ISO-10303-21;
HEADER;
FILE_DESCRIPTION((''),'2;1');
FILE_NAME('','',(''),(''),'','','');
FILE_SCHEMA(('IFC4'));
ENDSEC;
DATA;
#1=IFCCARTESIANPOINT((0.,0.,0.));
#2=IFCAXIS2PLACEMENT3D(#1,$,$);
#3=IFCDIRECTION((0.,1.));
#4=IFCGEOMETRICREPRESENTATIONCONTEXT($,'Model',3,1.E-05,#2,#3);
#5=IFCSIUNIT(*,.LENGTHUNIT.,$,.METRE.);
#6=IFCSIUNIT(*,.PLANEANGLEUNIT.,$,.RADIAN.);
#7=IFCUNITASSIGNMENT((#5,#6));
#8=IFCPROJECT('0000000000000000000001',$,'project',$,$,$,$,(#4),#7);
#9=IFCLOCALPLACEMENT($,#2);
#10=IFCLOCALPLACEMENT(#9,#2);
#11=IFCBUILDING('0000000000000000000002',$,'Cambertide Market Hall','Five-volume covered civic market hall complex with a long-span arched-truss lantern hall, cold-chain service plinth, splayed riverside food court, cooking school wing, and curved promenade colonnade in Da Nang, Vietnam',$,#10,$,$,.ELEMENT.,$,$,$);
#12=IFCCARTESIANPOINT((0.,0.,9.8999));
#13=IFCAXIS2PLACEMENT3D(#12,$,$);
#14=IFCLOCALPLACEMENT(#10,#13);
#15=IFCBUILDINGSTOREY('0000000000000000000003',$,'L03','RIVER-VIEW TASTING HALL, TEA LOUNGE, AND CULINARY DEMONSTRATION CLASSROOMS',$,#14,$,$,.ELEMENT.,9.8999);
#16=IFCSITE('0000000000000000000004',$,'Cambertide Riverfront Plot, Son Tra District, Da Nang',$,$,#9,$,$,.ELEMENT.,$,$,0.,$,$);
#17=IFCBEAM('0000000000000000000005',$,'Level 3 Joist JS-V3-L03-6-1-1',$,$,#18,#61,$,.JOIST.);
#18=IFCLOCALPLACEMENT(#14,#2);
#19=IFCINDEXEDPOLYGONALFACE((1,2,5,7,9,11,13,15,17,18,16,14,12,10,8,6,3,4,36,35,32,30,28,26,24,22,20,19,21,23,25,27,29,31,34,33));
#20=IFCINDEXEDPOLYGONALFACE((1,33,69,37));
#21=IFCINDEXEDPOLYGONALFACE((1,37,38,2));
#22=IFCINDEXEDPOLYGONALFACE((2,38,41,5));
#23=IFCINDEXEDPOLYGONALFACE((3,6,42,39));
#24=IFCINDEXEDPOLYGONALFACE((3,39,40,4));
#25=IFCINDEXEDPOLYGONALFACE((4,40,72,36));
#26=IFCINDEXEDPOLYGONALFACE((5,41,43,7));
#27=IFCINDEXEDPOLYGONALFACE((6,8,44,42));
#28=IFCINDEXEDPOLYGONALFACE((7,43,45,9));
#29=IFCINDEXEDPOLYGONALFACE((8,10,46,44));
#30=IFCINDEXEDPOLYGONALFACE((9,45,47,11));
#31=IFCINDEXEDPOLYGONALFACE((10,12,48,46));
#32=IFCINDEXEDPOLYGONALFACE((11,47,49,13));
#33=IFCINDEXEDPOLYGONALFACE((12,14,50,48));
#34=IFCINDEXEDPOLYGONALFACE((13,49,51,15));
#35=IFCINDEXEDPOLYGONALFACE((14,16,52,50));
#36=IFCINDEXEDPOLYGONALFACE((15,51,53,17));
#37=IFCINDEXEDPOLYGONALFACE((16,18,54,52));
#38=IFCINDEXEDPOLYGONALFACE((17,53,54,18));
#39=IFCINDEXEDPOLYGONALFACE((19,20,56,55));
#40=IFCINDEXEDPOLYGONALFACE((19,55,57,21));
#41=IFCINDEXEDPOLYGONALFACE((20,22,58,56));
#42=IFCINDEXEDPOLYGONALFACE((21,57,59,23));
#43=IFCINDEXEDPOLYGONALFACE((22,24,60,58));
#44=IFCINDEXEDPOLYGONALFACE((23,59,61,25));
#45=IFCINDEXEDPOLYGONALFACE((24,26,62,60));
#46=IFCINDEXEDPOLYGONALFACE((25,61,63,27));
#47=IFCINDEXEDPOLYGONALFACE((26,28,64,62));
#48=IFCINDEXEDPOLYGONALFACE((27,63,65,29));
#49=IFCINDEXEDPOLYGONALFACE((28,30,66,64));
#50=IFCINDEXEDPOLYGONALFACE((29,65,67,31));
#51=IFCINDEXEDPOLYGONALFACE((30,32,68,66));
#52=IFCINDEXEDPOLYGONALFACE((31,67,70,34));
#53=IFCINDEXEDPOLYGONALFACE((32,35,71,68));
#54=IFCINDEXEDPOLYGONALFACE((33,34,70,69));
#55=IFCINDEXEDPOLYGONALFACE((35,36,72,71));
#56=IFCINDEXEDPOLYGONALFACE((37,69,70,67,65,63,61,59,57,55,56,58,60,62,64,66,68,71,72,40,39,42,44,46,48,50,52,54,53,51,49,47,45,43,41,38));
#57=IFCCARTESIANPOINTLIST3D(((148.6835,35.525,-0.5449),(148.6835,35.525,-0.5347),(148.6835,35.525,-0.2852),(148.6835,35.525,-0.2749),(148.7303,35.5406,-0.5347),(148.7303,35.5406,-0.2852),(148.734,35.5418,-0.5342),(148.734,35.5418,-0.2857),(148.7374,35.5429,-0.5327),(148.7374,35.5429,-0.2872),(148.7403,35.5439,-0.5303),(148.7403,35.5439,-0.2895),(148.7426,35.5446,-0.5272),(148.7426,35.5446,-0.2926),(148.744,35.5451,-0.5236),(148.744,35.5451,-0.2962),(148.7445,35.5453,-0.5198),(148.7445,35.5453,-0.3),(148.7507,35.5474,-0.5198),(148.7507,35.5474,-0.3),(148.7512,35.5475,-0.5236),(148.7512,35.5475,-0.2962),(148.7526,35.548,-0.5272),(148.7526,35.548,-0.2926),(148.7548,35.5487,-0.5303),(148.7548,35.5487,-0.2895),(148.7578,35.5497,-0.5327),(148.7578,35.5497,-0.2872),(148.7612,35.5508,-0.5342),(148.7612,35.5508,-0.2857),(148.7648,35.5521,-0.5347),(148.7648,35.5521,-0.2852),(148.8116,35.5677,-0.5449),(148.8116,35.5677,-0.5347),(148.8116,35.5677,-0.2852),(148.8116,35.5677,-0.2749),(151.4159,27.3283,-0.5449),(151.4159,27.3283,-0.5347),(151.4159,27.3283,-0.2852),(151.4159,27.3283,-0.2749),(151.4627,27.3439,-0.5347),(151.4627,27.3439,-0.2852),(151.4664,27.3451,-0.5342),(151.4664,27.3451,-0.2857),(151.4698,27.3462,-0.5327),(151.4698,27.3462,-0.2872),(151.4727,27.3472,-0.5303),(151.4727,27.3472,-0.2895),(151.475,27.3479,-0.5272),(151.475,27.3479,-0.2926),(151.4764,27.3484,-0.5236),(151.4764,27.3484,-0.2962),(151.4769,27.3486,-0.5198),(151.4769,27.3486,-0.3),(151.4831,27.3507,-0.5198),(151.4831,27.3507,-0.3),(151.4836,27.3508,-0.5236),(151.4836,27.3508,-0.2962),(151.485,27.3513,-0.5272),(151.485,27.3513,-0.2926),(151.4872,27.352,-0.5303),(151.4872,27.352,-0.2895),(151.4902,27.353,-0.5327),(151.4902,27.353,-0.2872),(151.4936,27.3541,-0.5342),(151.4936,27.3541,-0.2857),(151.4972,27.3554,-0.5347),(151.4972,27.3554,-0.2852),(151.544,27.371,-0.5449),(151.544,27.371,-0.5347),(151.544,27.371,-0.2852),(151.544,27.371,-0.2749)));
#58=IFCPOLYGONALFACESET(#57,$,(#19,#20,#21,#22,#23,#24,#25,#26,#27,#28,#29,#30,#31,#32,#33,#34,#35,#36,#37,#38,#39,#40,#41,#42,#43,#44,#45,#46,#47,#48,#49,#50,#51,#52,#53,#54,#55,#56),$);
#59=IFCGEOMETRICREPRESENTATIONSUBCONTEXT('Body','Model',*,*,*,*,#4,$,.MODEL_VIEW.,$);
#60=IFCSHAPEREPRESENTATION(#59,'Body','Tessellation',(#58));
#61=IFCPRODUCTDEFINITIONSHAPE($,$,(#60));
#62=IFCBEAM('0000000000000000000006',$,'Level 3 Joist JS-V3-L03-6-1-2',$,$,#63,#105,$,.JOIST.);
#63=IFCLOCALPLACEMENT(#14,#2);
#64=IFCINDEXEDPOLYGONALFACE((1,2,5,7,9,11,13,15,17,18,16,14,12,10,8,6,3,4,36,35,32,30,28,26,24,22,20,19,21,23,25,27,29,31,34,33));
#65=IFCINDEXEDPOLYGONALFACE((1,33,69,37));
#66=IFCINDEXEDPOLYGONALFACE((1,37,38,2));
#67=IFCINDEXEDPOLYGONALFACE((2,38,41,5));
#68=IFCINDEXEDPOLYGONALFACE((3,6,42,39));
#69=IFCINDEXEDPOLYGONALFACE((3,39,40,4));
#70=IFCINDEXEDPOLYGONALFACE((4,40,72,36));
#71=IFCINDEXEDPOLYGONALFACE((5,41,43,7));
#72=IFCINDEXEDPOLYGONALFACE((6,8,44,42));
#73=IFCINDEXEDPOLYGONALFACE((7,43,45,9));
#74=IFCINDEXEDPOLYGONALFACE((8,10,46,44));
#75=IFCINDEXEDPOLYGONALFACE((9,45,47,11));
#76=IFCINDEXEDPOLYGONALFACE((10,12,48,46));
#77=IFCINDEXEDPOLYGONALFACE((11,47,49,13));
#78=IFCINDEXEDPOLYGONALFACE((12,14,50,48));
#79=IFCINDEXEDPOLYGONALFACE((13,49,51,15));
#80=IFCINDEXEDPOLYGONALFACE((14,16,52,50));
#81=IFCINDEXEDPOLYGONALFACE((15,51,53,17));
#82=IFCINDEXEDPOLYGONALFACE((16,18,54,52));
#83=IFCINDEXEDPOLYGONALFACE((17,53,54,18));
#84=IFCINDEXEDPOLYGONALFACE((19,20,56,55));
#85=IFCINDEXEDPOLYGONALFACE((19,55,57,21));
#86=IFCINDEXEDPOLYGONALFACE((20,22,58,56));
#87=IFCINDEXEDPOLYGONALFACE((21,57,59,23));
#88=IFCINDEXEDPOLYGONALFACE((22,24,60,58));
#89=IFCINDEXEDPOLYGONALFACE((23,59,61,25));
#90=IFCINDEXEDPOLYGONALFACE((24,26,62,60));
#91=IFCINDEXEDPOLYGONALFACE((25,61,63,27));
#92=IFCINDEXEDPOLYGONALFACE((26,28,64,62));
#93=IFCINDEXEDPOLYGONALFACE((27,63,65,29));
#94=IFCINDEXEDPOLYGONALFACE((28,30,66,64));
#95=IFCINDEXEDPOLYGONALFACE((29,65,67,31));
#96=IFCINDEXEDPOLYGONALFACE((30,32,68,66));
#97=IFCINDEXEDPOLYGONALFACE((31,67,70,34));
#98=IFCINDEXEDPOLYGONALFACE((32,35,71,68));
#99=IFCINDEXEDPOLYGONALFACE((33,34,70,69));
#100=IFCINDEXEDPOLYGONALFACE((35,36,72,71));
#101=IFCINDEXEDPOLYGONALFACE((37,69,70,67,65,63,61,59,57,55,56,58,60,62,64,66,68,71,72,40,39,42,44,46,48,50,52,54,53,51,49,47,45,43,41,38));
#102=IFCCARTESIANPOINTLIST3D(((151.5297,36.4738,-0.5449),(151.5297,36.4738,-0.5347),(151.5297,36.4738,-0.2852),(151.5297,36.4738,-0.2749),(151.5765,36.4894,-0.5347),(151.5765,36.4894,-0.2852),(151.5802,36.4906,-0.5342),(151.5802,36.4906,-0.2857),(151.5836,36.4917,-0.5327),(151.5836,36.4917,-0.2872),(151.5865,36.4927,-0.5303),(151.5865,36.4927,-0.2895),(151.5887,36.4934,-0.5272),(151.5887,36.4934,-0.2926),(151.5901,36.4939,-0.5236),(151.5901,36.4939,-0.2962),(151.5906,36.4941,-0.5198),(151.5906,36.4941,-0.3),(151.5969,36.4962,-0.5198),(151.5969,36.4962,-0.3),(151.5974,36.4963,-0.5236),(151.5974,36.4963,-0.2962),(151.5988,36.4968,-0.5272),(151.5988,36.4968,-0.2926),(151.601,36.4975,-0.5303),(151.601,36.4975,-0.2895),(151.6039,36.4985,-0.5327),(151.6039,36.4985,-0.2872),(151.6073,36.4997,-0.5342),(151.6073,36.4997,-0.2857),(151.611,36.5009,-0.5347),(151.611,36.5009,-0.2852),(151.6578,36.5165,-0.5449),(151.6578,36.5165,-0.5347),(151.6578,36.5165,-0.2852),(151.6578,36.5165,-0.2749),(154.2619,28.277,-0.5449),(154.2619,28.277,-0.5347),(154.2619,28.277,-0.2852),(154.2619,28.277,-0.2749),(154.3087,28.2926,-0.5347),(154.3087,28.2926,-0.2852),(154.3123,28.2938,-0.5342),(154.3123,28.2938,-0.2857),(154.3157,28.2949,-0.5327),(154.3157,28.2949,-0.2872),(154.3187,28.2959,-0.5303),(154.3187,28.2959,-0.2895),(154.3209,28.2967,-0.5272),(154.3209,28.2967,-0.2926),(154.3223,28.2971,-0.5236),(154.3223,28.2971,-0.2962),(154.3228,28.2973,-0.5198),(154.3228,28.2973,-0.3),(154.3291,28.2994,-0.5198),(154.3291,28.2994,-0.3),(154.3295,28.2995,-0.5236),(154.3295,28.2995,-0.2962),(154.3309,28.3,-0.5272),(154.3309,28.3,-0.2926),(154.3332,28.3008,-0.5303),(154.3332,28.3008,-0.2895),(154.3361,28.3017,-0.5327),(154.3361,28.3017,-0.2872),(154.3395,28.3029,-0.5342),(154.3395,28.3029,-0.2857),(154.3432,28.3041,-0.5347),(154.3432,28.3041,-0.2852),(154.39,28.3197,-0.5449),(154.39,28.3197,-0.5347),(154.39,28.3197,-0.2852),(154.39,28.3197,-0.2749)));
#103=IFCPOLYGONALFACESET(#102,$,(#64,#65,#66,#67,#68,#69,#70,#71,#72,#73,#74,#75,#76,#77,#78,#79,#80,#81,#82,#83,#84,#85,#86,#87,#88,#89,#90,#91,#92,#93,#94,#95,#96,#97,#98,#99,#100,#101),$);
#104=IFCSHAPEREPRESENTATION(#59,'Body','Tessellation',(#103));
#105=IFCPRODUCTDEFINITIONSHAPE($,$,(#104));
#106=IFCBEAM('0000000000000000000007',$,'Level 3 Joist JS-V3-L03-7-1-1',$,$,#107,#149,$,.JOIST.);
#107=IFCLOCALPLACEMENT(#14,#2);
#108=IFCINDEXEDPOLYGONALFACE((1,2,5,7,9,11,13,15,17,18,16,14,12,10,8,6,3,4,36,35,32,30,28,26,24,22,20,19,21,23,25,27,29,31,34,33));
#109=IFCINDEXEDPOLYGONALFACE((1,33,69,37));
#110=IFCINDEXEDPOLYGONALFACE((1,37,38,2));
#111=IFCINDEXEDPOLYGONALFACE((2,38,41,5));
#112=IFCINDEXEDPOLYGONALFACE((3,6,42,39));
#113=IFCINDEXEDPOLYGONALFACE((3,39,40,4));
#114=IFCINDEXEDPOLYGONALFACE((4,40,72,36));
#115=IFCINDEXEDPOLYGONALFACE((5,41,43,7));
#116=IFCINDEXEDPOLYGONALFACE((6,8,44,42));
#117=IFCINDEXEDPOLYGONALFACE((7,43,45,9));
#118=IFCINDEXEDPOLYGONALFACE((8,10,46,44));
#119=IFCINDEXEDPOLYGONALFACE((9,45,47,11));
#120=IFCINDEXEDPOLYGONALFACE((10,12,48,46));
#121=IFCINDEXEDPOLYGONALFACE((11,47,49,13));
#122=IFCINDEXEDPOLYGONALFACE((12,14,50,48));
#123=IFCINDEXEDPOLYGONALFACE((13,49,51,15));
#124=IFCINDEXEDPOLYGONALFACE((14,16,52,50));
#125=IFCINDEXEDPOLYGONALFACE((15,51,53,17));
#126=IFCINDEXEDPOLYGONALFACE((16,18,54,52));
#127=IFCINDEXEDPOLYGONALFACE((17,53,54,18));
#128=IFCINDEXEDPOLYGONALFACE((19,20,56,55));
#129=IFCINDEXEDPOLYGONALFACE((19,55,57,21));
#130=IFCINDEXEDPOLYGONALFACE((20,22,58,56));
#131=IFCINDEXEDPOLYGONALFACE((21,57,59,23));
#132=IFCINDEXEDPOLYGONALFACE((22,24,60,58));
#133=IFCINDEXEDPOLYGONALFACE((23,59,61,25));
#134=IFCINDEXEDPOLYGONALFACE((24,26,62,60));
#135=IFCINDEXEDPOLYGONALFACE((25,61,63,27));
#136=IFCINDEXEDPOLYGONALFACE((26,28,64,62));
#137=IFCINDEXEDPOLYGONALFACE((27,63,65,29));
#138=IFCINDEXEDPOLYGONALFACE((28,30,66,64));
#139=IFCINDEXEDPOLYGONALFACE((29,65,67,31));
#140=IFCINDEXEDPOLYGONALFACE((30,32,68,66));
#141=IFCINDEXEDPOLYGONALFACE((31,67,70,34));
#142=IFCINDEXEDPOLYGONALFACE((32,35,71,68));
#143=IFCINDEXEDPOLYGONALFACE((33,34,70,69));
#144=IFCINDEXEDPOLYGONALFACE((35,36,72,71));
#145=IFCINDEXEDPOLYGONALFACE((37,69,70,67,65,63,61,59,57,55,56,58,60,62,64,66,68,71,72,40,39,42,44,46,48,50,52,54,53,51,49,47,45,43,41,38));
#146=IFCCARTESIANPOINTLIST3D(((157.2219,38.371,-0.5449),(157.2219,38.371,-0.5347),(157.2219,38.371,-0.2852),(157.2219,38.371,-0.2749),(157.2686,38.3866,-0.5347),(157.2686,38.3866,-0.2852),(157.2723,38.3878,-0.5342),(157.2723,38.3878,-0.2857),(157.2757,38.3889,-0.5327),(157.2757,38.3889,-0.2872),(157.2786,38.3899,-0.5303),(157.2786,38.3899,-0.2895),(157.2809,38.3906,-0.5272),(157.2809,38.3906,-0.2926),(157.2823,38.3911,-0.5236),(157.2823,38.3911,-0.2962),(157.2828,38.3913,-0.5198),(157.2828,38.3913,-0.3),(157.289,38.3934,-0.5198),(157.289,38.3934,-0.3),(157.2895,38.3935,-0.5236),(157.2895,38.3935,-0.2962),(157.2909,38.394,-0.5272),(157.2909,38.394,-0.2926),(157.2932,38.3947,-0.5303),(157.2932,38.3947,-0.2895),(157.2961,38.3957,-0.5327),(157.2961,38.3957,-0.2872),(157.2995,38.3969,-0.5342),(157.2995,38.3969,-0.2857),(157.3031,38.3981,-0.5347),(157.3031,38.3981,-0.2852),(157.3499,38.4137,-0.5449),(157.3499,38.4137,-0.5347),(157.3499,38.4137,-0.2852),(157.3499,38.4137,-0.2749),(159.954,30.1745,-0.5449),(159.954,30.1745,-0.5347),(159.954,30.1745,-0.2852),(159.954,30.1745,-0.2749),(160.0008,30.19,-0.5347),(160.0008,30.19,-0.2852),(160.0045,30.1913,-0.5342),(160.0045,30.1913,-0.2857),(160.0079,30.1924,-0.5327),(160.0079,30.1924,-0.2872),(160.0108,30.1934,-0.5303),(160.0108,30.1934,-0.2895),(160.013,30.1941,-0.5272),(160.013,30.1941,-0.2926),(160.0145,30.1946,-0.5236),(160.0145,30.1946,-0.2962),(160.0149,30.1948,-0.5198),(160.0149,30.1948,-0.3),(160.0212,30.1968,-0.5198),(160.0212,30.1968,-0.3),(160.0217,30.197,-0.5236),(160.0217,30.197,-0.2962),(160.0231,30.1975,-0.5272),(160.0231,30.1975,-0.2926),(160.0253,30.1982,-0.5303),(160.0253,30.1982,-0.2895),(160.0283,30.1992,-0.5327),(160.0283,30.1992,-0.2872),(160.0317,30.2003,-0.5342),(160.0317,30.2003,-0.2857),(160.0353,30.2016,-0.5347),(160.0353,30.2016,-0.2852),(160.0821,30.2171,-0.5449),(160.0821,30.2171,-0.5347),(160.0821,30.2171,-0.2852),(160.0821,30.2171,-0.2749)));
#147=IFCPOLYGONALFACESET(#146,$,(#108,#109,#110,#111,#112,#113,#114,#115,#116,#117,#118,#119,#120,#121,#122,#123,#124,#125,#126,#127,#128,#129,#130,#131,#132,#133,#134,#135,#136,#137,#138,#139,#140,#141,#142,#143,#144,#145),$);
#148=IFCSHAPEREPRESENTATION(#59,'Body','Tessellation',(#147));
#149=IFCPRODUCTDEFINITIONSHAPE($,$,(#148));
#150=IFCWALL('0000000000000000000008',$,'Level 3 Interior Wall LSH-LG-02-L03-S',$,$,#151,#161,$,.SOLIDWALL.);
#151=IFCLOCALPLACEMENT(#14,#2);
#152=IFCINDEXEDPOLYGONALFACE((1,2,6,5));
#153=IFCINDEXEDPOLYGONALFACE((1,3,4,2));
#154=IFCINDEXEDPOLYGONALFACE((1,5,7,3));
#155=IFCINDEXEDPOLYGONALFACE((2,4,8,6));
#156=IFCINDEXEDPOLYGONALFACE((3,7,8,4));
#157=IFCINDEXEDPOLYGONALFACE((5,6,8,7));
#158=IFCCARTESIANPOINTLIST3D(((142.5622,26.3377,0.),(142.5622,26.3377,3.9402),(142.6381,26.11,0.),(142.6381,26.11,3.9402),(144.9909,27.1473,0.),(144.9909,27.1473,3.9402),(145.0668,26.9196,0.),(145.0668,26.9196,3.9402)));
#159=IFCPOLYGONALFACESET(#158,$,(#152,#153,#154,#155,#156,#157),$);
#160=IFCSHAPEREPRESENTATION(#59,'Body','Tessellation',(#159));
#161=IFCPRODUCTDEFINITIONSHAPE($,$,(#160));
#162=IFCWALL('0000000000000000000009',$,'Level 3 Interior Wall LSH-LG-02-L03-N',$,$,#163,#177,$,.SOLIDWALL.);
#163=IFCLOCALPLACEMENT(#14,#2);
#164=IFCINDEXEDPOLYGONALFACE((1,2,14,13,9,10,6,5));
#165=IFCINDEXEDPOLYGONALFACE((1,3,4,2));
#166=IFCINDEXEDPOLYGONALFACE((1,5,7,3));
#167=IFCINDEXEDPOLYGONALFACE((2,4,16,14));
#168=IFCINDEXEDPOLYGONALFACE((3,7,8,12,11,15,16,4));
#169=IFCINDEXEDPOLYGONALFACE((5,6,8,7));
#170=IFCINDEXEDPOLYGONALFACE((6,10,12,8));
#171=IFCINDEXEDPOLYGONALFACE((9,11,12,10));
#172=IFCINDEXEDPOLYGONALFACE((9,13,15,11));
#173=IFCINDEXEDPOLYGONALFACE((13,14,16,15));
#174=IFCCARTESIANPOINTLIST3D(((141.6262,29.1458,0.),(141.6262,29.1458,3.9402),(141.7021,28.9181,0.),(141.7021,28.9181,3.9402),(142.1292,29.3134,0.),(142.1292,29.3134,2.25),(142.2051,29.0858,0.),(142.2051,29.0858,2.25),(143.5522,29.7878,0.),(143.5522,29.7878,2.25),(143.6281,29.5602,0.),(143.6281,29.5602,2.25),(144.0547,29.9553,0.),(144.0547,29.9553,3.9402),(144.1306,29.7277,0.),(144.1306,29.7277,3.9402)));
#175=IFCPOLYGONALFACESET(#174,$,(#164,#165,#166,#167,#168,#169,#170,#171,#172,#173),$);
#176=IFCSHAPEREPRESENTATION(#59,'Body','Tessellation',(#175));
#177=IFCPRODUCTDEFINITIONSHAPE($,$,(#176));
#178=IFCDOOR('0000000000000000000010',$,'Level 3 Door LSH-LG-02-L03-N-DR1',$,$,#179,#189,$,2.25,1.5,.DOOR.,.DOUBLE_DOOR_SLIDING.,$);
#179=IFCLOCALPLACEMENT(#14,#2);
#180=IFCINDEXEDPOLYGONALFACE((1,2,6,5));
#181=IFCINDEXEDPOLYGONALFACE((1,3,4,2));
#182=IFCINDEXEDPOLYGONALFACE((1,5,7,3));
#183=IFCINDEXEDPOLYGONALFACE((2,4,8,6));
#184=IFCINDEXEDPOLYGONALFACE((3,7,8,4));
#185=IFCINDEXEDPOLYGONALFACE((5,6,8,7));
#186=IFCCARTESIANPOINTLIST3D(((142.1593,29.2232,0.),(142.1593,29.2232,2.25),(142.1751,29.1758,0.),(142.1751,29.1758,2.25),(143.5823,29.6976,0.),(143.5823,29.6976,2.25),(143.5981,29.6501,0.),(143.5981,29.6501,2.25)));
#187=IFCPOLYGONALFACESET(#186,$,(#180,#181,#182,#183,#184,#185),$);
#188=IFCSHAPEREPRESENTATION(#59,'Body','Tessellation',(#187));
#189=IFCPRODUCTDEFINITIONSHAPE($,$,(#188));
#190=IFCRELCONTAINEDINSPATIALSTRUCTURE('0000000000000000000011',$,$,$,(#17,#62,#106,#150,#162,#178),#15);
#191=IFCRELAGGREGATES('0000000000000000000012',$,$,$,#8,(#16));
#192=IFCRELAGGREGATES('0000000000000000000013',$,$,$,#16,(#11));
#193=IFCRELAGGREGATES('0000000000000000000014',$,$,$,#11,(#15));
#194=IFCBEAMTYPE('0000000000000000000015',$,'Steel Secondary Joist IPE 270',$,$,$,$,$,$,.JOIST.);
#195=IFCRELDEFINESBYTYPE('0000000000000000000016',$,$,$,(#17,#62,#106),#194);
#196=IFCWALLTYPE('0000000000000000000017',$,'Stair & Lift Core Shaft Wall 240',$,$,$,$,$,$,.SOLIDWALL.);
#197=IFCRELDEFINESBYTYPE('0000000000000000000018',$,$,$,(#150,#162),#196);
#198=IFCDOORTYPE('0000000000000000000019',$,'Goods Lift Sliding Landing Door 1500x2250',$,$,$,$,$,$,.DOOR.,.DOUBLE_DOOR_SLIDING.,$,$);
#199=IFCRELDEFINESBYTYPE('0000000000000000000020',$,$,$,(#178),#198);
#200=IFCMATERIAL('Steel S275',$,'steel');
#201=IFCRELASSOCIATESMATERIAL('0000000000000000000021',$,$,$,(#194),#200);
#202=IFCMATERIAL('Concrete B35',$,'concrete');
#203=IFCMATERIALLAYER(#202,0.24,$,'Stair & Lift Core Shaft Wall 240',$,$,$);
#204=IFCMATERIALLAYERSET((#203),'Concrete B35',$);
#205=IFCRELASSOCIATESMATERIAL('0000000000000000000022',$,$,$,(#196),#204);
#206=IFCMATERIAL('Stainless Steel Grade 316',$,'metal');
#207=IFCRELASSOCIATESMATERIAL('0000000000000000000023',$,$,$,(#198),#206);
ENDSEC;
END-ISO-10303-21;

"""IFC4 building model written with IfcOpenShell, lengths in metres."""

from ifc_helpers import new_model, si_unit, direction, frame, frame_2d, origin, origin_2d, place, context, subcontext, project, spatial, rectangle, i_section, extrude, material, layer, layer_set, material_profile, profile_set, type_object, element, fill, save


model = new_model("IFC4")

# Units and contexts
model_context = context("Model", 3, precision=1e-05, world=origin(), true_north=direction((0.0, 1.0)))
body_context = subcontext(model_context, "Body", "Model", "MODEL_VIEW")
ifc_project = project(units=[si_unit("LENGTHUNIT", "METRE"), si_unit("PLANEANGLEUNIT", "RADIAN")], contexts=[model_context])

# Site, building, storey
site_placement = place(None, origin())
site = spatial("IfcSite", under=ifc_project, at=site_placement, Name="Cambertide Riverfront Plot, Son Tra District, Da Nang", CompositionType="ELEMENT", RefElevation=0.0)
building_placement = place(site_placement, origin())
building = spatial("IfcBuilding", under=site, at=building_placement, Name="Cambertide Market Hall", Description="Five-volume covered civic market hall complex with a long-span arched-truss lantern hall, cold-chain service plinth, splayed riverside food court, cooking school wing, and curved promenade colonnade in Da Nang, Vietnam", CompositionType="ELEMENT")
storey_placement = place(building_placement, frame((0.0, 0.0, 9.8999)))
storey = spatial("IfcBuildingStorey", under=building, at=storey_placement, Name="L03", Description="RIVER-VIEW TASTING HALL, TEA LOUNGE, AND CULINARY DEMONSTRATION CLASSROOMS", CompositionType="ELEMENT", Elevation=9.8999)

# Beams
ifc_material_1 = material(Name="Steel S275", Category="steel")
ifc_material_profile_1 = material_profile(ifc_material_1, i_section(OverallWidth=0.135, OverallDepth=0.27, WebThickness=0.0066, FlangeThickness=0.0103, FilletRadius=0.0149, at=origin_2d()), Name="IPE 270")
ifc_profile_set_1 = profile_set([ifc_material_profile_1], Name="Steel S275")
beam_type_1 = type_object("IfcBeamType", Name="Steel Secondary Joist IPE 270", PredefinedType="JOIST", material=ifc_profile_set_1)
for number, where, z_axis, x_axis, name in (
    (1, (151.48, 27.3496, -0.4099), (-0.316245, 0.948678, 0.0), (-0.948678, -0.316245, 0.0), "Level 3 Joist JS-V3-L03-6-1-1"),
    (2, (154.3259, 28.2983, -0.4099), (-0.316219, 0.948686, 0.0), (-0.948686, -0.316219, 0.0), "Level 3 Joist JS-V3-L03-6-1-2"),
):
    element("IfcBeam", number, at=place(storey_placement, frame(where, z_axis=z_axis, x_axis=x_axis)), inside=storey, type_object=beam_type_1, Name=name, PredefinedType="JOIST", context=body_context, shape_type="SweptSolid", body=[
        extrude(i_section(OverallWidth=0.135, OverallDepth=0.27, WebThickness=0.0066, FlangeThickness=0.0103, FilletRadius=0.0149, at=origin_2d()), origin(), (0.0, 0.0, 1.0), 8.6401),
    ])
beam_1_placement = place(storey_placement, frame((160.0181, 30.1958, -0.4099), z_axis=(-0.316228, 0.948683, 0.0), x_axis=(-0.948683, -0.316228, 0.0)))
element("IfcBeam", 3, at=beam_1_placement, inside=storey, type_object=beam_type_1, Name="Level 3 Joist JS-V3-L03-7-1-1", PredefinedType="JOIST", context=body_context, shape_type="SweptSolid", body=[
    extrude(i_section(OverallWidth=0.135, OverallDepth=0.27, WebThickness=0.0066, FlangeThickness=0.0103, FilletRadius=0.0149, at=origin_2d()), origin(), (0.0, 0.0, 1.0), 8.6399),
])

# Wall
ifc_material_2 = material(Name="Concrete B35", Category="concrete")
ifc_layer_1 = layer(ifc_material_2, 0.24, Name="Stair & Lift Core Shaft Wall 240")
ifc_layer_set_1 = layer_set([ifc_layer_1], Name="Concrete B35")
wall_type_1 = type_object("IfcWallType", Name="Stair & Lift Core Shaft Wall 240", PredefinedType="SOLIDWALL", material=ifc_layer_set_1)
wall_1_placement = place(storey_placement, frame((145.0288, 27.0334, 0.0), z_axis=(0.0, 0.0, 1.0), x_axis=(-0.948683, -0.316228, 0.0)))
element("IfcWall", 4, at=wall_1_placement, inside=storey, type_object=wall_type_1, Name="Level 3 Interior Wall LSH-LG-02-L03-S", PredefinedType="SOLIDWALL", context=body_context, shape_type="SweptSolid", body=[
    extrude(rectangle(XDim=2.5601, YDim=0.24, at=frame_2d((1.28, 0.0))), origin(), (0.0, 0.0, 1.0), 3.9402),
])

# Wall, opening, door
wall_2_placement = place(storey_placement, frame((141.6643, 29.032, 0.0), z_axis=(0.0, 0.0, 1.0), x_axis=(0.948674, 0.316256, 0.0)))
wall_2 = element("IfcWall", 5, at=wall_2_placement, inside=storey, type_object=wall_type_1, Name="Level 3 Interior Wall LSH-LG-02-L03-N", PredefinedType="SOLIDWALL", context=body_context, shape_type="SweptSolid", body=[
    extrude(rectangle(XDim=2.5598, YDim=0.24, at=frame_2d((1.2798, 0.0))), origin(), (0.0, 0.0, 1.0), 3.9402),
])
opening_1_placement = place(wall_2_placement, frame((0.53, 0.0, 0.0)))
opening_1 = element("IfcOpeningElement", 6, at=opening_1_placement, cuts=wall_2, PredefinedType="OPENING", context=body_context, shape_type="SweptSolid", body=[
    extrude(rectangle(XDim=1.5, YDim=2.25, at=frame_2d((0.75, 1.125))), frame((0.0, 0.1299, 0.0), z_axis=(0.0, -1.0, 0.0), x_axis=(1.0, 0.0, 0.0)), (0.0, 0.0, 1.0), 0.26),
])
ifc_material_3 = material(Name="Stainless Steel Grade 316", Category="metal")
door_type = type_object("IfcDoorType", Name="Goods Lift Sliding Landing Door 1500x2250", OperationType="DOUBLE_DOOR_SLIDING", PredefinedType="DOOR", material=ifc_material_3)
door_placement = place(opening_1_placement, origin())
door = element("IfcDoor", 7, at=door_placement, inside=storey, type_object=door_type, Name="Level 3 Door LSH-LG-02-L03-N-DR1", OperationType="DOUBLE_DOOR_SLIDING", OverallHeight=2.25, OverallWidth=1.5, PredefinedType="DOOR", context=body_context, shape_type="SweptSolid", body=[
    extrude(rectangle(XDim=1.5, YDim=2.25, at=frame_2d((0.75, 1.125))), frame((0.0, 0.0249, 0.0), z_axis=(0.0, -1.0, 0.0), x_axis=(1.0, 0.0, 0.0)), (0.0, 0.0, 1.0), 0.05),
])
fill(opening_1, door)

save(model, "model.ifc")
